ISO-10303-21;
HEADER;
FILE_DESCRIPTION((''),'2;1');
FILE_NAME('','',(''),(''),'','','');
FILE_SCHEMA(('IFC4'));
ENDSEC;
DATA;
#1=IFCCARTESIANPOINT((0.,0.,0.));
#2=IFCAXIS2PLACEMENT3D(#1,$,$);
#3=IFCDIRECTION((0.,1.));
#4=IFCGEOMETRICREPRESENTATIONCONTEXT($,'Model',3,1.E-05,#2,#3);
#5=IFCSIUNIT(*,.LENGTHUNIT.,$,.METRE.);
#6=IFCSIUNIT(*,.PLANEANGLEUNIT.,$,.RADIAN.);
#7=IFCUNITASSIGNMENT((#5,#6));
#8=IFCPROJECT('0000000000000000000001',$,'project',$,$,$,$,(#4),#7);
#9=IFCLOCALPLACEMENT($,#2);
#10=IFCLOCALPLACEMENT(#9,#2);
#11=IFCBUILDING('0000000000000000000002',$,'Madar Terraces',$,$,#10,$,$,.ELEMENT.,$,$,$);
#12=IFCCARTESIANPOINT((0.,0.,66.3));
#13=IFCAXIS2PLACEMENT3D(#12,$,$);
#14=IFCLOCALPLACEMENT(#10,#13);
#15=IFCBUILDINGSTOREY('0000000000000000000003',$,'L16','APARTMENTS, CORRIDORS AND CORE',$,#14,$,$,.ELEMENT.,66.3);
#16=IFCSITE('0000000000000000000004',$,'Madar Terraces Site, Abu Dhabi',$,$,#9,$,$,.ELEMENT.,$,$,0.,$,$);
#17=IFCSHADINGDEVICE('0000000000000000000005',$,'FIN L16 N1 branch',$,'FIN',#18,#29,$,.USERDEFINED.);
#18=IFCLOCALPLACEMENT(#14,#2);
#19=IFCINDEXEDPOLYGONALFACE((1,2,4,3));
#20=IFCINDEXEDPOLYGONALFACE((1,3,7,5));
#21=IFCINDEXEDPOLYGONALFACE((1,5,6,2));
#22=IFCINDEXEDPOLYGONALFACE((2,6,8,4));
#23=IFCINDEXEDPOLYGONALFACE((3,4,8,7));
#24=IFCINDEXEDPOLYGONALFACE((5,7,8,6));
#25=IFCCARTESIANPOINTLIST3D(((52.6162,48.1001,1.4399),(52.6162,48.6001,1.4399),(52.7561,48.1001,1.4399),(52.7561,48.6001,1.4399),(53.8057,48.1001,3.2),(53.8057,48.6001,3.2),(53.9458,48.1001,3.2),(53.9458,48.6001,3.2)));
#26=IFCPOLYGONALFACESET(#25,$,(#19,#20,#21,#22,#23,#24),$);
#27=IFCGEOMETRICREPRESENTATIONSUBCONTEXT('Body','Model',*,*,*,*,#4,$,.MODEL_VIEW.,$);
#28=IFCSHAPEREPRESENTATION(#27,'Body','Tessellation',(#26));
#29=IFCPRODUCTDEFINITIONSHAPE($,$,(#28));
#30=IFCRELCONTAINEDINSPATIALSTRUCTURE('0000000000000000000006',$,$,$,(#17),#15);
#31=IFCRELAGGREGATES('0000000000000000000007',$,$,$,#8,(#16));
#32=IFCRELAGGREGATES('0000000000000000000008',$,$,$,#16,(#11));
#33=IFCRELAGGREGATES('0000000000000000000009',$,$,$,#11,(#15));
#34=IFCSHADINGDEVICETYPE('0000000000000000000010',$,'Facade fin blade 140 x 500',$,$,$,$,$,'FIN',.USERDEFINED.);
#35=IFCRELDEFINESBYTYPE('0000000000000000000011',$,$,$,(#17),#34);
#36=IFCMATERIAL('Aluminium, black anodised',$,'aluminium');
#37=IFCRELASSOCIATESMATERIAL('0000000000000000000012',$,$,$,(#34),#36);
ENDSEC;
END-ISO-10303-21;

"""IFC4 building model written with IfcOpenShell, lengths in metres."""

from ifc_helpers import new_model, si_unit, direction, frame, origin, place, context, subcontext, project, spatial, polyline, outline, extrude, material, type_object, element, save


model = new_model("IFC4")

# Units and contexts
model_context = context("Model", 3, precision=1e-05, world=origin(), true_north=direction((0.0, 1.0)))
body_context = subcontext(model_context, "Body", "Model", "MODEL_VIEW")
ifc_project = project(units=[si_unit("LENGTHUNIT", "METRE"), si_unit("PLANEANGLEUNIT", "RADIAN")], contexts=[model_context])

# Site, building, storey
site_placement = place(None, origin())
site = spatial("IfcSite", under=ifc_project, at=site_placement, Name="Madar Terraces Site, Abu Dhabi", CompositionType="ELEMENT", RefElevation=0.0)
building_placement = place(site_placement, origin())
building = spatial("IfcBuilding", under=site, at=building_placement, Name="Madar Terraces", CompositionType="ELEMENT")
storey_placement = place(building_placement, frame((0.0, 0.0, 66.3)))
storey = spatial("IfcBuildingStorey", under=building, at=storey_placement, Name="L16", Description="APARTMENTS, CORRIDORS AND CORE", CompositionType="ELEMENT", Elevation=66.3)

# Shading device
ifc_material_1 = material(Name="Aluminium, black anodised", Category="aluminium")
shading_device_type = type_object("IfcShadingDeviceType", Name="Facade fin blade 140 x 500", ElementType="FIN", PredefinedType="USERDEFINED", material=ifc_material_1)
shading_device_1_placement = place(storey_placement, frame((52.7561, 48.3501, 1.4399), z_axis=(0.0, 0.0, 1.0), x_axis=(-1.0, 0.0, 0.0)))
element("IfcShadingDevice", 1, at=shading_device_1_placement, inside=storey, type_object=shading_device_type, Name="FIN L16 N1 branch", ObjectType="FIN", PredefinedType="USERDEFINED", context=body_context, shape_type="SweptSolid", body=[
    extrude(outline(polyline([(0.0, 0.0), (0.1399, 0.0), (-1.0496, 1.76), (-1.1897, 1.76), (0.0, 0.0)])), frame((0.0, 0.25, 0.0), z_axis=(0.0, -1.0, 0.0), x_axis=(1.0, 0.0, 0.0)), (0.0, 0.0, 1.0), 0.5),
])

save(model, "model.ifc")
